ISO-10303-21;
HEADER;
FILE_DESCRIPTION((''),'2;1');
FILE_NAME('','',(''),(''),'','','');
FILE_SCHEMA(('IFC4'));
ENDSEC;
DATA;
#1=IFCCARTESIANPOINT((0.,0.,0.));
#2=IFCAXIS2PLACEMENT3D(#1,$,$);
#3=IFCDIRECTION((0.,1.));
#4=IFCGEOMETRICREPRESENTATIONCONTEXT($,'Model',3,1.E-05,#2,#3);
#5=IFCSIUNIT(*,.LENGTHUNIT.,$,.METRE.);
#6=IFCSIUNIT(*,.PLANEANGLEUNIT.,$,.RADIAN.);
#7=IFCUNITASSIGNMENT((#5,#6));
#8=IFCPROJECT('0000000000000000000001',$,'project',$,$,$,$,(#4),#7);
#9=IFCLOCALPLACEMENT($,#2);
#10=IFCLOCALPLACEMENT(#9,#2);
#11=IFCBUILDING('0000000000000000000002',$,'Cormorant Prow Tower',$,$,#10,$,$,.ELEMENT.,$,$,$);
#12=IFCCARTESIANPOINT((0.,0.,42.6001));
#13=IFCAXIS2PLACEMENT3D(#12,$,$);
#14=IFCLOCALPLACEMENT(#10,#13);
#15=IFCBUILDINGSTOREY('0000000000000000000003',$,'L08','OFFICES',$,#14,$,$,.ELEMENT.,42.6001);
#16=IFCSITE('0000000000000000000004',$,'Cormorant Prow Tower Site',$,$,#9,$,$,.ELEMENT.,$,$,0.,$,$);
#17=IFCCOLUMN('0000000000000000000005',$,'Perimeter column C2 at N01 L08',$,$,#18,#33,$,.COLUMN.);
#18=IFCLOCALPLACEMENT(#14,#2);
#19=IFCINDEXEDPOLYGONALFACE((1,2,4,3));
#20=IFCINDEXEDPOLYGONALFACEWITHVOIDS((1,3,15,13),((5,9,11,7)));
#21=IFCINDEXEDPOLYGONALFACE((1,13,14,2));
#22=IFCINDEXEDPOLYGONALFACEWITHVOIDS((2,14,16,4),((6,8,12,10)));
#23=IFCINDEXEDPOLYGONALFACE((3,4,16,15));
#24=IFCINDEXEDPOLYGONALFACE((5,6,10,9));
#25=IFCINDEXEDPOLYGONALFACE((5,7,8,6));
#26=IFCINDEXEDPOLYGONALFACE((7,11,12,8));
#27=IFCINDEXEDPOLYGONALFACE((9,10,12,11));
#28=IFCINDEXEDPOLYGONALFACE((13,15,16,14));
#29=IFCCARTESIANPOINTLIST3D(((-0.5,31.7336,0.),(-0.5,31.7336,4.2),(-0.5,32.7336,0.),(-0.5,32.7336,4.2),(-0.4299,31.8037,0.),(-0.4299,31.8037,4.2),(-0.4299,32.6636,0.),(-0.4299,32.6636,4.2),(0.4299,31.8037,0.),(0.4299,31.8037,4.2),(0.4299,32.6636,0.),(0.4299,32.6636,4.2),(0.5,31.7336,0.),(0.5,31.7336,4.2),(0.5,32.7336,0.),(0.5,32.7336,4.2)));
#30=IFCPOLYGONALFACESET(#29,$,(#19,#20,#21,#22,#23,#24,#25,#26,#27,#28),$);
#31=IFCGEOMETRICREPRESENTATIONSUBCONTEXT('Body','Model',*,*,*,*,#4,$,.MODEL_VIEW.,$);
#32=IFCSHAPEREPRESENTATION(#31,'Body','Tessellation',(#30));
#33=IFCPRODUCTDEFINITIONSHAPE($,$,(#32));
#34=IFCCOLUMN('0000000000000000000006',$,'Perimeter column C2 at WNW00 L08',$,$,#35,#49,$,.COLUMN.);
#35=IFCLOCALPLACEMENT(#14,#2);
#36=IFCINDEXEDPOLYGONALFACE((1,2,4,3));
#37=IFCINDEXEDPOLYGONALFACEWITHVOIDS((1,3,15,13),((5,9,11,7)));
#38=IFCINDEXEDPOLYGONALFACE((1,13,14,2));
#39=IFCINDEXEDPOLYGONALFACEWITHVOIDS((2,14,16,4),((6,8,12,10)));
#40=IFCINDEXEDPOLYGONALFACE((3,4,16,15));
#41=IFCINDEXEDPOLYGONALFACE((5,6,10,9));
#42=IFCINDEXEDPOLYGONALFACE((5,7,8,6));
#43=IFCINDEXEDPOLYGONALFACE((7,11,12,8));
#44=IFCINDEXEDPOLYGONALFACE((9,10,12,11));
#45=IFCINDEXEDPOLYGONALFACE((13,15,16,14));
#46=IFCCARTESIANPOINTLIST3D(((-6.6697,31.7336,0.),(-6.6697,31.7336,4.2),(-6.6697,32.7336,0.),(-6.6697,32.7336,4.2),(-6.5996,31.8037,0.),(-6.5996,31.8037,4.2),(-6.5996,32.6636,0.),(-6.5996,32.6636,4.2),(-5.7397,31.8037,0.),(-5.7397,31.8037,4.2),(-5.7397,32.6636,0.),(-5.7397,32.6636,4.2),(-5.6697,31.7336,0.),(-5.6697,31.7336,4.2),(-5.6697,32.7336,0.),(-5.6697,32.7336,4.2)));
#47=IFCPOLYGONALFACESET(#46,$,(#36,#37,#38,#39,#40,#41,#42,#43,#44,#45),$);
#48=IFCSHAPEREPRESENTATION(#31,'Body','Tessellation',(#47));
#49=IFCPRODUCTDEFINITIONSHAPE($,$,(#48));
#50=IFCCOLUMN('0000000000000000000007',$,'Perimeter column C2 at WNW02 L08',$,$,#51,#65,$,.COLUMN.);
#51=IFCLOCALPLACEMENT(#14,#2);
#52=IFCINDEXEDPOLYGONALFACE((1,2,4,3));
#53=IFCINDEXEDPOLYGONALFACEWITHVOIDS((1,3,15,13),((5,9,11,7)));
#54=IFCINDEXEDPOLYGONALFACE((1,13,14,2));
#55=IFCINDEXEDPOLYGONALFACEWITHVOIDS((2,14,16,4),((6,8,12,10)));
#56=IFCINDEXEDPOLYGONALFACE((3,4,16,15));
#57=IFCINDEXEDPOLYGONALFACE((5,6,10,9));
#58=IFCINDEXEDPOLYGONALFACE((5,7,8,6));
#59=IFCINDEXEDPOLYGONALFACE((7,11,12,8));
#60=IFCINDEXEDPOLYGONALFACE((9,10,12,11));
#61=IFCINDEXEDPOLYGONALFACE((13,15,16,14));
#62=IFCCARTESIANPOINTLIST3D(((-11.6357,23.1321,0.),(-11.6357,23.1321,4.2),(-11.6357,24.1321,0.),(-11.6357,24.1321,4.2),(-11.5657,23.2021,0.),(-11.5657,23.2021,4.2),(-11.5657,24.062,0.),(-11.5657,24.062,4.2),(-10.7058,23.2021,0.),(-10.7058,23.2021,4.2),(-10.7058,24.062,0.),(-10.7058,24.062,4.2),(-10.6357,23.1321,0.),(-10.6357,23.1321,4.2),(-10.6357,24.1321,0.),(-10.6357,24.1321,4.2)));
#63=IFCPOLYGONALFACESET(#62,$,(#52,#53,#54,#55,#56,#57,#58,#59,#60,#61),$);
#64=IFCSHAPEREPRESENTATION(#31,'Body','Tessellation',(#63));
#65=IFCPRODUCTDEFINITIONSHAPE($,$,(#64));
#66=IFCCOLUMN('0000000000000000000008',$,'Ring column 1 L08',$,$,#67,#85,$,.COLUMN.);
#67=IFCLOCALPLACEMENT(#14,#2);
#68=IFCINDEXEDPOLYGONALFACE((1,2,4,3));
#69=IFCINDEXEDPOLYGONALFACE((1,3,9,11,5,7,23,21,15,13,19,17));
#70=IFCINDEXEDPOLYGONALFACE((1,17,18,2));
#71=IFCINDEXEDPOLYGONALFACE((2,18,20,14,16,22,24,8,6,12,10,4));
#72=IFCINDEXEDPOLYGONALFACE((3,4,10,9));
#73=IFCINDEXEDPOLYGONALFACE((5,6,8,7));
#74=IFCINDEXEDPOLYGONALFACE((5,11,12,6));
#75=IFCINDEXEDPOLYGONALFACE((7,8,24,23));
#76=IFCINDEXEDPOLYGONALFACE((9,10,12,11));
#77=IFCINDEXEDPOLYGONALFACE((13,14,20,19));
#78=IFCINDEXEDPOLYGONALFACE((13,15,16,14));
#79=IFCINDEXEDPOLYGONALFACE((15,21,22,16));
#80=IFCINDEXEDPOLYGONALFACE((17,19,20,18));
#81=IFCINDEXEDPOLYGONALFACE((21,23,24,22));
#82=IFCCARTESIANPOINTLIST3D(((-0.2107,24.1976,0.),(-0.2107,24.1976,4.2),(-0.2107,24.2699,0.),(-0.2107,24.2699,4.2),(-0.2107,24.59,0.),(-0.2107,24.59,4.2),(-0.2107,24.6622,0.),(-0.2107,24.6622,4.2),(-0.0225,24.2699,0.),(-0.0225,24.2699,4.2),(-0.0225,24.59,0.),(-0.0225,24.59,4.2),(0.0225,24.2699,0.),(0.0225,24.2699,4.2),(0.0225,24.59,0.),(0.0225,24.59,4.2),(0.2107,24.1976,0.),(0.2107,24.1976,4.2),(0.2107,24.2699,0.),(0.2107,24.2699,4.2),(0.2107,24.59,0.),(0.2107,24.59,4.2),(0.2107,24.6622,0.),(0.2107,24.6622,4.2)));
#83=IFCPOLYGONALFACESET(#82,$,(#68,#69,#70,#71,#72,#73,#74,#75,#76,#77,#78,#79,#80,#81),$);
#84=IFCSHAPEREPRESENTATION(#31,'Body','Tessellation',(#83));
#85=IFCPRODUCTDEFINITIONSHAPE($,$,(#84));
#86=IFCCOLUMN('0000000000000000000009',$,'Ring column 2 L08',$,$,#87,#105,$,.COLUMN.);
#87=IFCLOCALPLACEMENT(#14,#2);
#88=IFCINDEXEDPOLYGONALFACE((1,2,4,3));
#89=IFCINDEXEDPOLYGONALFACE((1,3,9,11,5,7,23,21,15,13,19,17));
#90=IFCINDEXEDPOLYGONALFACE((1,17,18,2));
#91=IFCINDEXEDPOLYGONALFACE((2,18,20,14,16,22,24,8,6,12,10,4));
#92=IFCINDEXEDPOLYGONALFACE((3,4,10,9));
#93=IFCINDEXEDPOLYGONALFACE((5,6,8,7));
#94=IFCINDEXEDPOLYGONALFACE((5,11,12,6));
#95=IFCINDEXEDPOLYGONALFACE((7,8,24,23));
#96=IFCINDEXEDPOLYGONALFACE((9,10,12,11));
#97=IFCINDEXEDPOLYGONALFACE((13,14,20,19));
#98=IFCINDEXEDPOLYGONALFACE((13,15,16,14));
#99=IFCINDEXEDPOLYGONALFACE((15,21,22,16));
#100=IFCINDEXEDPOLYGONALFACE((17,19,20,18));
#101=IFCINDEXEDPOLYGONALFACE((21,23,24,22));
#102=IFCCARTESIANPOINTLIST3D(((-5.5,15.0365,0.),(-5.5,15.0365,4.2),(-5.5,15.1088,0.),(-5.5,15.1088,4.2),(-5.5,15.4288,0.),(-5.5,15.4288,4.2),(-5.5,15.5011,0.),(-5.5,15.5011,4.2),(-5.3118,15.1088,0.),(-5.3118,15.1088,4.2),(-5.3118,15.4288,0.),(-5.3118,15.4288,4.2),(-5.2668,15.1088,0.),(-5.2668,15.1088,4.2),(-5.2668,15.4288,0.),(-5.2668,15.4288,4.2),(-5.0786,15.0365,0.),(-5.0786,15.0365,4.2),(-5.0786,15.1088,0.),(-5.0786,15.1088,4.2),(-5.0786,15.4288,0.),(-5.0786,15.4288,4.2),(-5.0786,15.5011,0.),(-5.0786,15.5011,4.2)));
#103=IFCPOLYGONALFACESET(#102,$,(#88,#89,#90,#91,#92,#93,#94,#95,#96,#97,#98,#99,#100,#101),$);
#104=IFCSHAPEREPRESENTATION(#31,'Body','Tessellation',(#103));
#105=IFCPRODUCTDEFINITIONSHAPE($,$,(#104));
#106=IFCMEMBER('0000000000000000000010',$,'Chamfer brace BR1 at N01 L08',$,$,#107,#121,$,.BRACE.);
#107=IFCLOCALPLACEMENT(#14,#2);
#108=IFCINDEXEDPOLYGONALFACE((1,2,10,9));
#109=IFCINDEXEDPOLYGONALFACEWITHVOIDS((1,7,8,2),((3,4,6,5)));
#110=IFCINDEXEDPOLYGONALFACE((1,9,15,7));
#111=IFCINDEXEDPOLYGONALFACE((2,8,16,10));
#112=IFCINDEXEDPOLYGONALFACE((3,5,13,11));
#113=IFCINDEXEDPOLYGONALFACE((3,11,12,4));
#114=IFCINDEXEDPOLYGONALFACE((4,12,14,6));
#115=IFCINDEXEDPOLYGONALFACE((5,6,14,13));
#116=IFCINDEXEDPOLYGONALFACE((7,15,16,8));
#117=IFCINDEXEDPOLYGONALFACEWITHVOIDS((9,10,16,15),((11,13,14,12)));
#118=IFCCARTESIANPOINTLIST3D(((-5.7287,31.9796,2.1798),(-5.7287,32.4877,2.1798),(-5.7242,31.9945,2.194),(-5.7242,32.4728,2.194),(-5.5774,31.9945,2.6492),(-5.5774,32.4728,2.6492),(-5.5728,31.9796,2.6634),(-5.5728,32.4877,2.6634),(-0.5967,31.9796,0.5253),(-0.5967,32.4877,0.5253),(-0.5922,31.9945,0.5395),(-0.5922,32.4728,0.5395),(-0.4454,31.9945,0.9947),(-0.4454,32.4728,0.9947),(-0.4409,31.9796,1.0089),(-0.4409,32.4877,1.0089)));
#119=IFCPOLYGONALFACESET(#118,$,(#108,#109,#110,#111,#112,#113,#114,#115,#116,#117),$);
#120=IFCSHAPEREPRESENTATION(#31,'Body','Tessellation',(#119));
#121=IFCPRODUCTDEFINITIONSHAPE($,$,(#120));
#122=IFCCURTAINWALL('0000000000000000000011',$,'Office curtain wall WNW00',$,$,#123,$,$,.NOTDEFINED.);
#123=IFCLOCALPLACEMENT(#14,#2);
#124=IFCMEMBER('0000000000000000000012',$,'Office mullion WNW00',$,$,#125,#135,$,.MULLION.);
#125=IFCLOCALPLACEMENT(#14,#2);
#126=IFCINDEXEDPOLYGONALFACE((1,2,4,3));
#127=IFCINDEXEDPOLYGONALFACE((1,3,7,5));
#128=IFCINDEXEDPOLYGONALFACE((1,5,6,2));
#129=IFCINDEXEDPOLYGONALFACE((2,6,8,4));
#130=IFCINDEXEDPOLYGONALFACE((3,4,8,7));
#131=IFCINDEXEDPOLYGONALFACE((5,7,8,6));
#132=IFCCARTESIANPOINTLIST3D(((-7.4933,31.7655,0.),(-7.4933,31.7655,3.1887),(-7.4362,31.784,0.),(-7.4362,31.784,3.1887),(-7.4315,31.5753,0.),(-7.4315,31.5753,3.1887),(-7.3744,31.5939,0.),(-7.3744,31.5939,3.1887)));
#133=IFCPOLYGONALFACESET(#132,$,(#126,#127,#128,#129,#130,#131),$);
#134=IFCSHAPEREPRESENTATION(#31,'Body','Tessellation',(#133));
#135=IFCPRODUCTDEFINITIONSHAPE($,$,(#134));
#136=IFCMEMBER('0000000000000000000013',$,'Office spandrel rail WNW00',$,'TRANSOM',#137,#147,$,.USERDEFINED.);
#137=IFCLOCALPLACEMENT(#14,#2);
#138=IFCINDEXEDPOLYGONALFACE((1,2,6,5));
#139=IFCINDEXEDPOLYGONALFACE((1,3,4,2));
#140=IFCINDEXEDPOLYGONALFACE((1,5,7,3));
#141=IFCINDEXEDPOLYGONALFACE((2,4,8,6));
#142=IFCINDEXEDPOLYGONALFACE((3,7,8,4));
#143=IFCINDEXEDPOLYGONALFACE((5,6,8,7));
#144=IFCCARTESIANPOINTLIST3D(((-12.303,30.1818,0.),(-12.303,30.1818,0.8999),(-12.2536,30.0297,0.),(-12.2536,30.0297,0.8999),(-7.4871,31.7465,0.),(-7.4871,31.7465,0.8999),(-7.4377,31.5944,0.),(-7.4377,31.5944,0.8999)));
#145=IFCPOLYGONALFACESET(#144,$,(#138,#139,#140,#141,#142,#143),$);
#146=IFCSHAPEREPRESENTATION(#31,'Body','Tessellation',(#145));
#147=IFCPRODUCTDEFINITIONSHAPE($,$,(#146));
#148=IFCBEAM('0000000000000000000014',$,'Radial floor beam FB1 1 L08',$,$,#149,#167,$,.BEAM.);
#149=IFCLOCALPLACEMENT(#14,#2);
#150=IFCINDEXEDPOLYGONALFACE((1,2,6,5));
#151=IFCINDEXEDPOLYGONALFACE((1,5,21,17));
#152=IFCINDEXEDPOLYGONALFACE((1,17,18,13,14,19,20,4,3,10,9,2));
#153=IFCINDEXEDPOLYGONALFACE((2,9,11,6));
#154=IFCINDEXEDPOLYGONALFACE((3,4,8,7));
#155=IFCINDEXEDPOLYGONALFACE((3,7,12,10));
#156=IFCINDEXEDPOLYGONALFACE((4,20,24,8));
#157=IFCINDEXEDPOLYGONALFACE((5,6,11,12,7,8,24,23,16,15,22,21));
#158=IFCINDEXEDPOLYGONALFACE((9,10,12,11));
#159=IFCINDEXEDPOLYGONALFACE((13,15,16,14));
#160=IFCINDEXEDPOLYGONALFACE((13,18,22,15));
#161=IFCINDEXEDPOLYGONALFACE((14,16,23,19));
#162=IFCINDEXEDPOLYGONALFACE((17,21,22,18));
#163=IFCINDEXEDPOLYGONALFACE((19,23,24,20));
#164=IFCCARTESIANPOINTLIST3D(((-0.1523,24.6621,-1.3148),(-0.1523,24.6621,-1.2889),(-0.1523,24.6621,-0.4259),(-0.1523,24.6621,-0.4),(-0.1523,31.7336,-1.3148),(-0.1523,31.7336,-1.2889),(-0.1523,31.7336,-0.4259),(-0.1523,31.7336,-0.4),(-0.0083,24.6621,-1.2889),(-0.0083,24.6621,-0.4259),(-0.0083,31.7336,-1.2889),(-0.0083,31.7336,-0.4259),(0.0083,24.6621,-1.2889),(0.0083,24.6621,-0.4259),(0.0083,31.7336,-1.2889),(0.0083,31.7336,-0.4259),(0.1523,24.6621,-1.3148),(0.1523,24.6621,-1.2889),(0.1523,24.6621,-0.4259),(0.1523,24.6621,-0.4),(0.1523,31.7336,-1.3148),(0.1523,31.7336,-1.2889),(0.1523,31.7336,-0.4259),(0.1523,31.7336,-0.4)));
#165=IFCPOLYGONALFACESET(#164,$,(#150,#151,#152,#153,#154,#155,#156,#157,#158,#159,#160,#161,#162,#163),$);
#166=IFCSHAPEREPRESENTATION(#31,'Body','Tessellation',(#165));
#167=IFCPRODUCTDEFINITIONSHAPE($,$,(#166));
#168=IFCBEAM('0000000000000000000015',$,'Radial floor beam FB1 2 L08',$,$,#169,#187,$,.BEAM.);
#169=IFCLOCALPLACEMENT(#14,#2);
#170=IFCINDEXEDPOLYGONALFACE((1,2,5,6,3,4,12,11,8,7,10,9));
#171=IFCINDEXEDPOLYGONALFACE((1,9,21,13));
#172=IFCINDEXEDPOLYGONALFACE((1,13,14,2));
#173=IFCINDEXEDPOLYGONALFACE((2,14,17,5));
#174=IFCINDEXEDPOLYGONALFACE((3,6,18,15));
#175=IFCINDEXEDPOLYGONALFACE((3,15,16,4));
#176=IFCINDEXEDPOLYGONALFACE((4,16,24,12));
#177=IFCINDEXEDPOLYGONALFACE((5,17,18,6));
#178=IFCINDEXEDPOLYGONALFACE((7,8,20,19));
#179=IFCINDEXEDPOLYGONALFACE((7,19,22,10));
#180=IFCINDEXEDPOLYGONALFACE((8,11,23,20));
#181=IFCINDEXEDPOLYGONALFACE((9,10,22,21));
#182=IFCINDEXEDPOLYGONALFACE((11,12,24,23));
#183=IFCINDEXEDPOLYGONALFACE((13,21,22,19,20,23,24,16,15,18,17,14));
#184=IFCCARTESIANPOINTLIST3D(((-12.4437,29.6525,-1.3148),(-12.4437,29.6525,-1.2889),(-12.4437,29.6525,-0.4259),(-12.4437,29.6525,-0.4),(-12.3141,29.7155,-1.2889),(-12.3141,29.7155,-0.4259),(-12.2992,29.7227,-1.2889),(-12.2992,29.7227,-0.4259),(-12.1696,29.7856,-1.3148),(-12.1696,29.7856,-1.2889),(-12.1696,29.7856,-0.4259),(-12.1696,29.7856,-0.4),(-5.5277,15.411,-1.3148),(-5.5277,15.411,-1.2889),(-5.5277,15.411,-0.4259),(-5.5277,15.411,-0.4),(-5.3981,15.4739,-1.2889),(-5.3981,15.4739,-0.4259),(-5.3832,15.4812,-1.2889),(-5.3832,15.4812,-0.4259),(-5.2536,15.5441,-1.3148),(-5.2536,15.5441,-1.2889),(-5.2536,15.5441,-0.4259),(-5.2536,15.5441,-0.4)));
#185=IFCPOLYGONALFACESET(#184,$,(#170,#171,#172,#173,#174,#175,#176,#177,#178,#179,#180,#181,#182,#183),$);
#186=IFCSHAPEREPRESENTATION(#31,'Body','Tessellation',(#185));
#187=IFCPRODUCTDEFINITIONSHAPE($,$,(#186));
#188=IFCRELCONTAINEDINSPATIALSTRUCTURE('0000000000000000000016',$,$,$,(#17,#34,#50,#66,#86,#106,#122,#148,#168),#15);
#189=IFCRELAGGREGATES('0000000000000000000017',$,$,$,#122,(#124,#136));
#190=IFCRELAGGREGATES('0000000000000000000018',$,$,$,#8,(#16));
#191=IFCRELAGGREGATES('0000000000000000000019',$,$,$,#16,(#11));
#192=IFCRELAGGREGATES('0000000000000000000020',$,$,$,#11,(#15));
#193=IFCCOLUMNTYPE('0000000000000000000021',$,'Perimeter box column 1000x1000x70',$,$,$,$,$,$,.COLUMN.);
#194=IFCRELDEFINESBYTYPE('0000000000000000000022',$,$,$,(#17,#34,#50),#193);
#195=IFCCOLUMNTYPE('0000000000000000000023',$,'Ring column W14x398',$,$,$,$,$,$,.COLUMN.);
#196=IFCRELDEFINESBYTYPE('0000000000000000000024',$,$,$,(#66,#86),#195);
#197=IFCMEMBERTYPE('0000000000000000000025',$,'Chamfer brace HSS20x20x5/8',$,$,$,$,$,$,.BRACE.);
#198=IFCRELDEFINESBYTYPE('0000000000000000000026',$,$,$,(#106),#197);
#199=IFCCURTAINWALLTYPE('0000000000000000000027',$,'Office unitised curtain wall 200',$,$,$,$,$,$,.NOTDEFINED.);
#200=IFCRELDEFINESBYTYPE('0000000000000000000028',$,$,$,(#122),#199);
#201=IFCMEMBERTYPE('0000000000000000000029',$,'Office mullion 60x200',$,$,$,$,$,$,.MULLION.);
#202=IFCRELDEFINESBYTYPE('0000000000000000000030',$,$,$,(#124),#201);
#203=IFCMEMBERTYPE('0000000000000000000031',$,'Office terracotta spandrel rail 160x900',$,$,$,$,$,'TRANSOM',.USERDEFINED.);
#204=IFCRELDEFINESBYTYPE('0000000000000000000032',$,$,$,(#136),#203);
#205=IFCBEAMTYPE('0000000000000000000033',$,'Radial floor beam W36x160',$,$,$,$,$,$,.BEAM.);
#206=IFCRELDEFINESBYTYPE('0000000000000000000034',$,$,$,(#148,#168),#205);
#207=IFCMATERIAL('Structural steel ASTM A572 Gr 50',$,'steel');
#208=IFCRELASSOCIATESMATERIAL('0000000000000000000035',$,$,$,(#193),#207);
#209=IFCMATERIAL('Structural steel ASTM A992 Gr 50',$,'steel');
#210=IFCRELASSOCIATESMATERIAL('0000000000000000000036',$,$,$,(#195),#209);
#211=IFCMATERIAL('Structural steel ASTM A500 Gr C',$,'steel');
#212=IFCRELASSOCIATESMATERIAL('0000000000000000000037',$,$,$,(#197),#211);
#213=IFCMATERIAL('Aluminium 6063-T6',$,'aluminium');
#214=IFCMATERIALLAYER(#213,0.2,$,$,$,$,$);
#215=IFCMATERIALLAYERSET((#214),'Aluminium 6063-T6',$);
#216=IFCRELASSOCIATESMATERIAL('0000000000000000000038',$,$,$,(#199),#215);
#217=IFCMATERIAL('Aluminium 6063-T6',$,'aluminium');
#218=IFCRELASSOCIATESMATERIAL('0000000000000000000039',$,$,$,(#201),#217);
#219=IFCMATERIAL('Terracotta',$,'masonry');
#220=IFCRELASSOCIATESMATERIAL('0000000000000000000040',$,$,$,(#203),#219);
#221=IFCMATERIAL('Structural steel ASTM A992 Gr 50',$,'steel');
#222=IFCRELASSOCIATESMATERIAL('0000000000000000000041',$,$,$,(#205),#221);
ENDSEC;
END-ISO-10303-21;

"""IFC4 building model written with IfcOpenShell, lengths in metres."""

from ifc_helpers import new_model, si_unit, direction, frame, origin, origin_2d, place, context, subcontext, project, spatial, rectangle, hollow_rectangle, i_section, extrude, material, layer, layer_set, material_profile, profile_set, type_object, element, aggregate, save


model = new_model("IFC4")

# Units and contexts
model_context = context("Model", 3, precision=1e-05, world=origin(), true_north=direction((0.0, 1.0)))
body_context = subcontext(model_context, "Body", "Model", "MODEL_VIEW")
ifc_project = project(units=[si_unit("LENGTHUNIT", "METRE"), si_unit("PLANEANGLEUNIT", "RADIAN")], contexts=[model_context])

# Site, building, storey
site_placement = place(None, origin())
site = spatial("IfcSite", under=ifc_project, at=site_placement, Name="Cormorant Prow Tower Site", CompositionType="ELEMENT", RefElevation=0.0)
building_placement = place(site_placement, origin())
building = spatial("IfcBuilding", under=site, at=building_placement, Name="Cormorant Prow Tower", CompositionType="ELEMENT")
storey_placement = place(building_placement, frame((0.0, 0.0, 42.6001)))
storey = spatial("IfcBuildingStorey", under=building, at=storey_placement, Name="L08", Description="OFFICES", CompositionType="ELEMENT", Elevation=42.6001)

# Columns
ifc_material_1 = material(Name="Structural steel ASTM A572 Gr 50", Category="steel")
ifc_material_profile_1 = material_profile(ifc_material_1, hollow_rectangle(XDim=1.0, YDim=1.0, WallThickness=0.0701, at=origin_2d()), Name="Box 1000x1000x70")
ifc_profile_set_1 = profile_set([ifc_material_profile_1], Name="Structural steel ASTM A572 Gr 50")
column_type_1 = type_object("IfcColumnType", Name="Perimeter box column 1000x1000x70", PredefinedType="COLUMN", material=ifc_profile_set_1)
for number, where, z_axis, x_axis, name in (
    (1, (0.0, 32.2336, 0.0), (0.0, 0.0, 1.0), (1.0, 0.0, 0.0), "Perimeter column C2 at N01 L08"),
    (2, (-6.1697, 32.2336, 0.0), (0.0, 0.0, 1.0), (1.0, 0.0, 0.0), "Perimeter column C2 at WNW00 L08"),
    (3, (-11.1357, 23.6321, 0.0), (0.0, 0.0, 1.0), (1.0, 0.0, 0.0), "Perimeter column C2 at WNW02 L08"),
):
    element("IfcColumn", number, at=place(storey_placement, frame(where, z_axis=z_axis, x_axis=x_axis)), inside=storey, type_object=column_type_1, Name=name, PredefinedType="COLUMN", context=body_context, shape_type="SweptSolid", body=[
        extrude(hollow_rectangle(XDim=1.0, YDim=1.0, WallThickness=0.0701, at=origin_2d()), origin(), (0.0, 0.0, 1.0), 4.2),
    ])
ifc_material_2 = material(Name="Structural steel ASTM A992 Gr 50", Category="steel")
ifc_material_profile_2 = material_profile(ifc_material_2, i_section(OverallWidth=0.4214, OverallDepth=0.4646, WebThickness=0.0449, FlangeThickness=0.0723, at=origin_2d()), Name="W14x398")
ifc_profile_set_2 = profile_set([ifc_material_profile_2], Name="Structural steel ASTM A992 Gr 50")
column_type_2 = type_object("IfcColumnType", Name="Ring column W14x398", PredefinedType="COLUMN", material=ifc_profile_set_2)
for number, where, z_axis, x_axis, name in (
    (4, (0.0, 24.4299, 0.0), (0.0, 0.0, 1.0), (1.0, 0.0, 0.0), "Ring column 1 L08"),
    (5, (-5.2893, 15.2688, 0.0), (0.0, 0.0, 1.0), (1.0, 0.0, 0.0), "Ring column 2 L08"),
):
    element("IfcColumn", number, at=place(storey_placement, frame(where, z_axis=z_axis, x_axis=x_axis)), inside=storey, type_object=column_type_2, Name=name, PredefinedType="COLUMN", context=body_context, shape_type="SweptSolid", body=[
        extrude(i_section(OverallWidth=0.4214, OverallDepth=0.4646, WebThickness=0.0449, FlangeThickness=0.0723, at=origin_2d()), origin(), (0.0, 0.0, 1.0), 4.2),
    ])

# Member
ifc_material_3 = material(Name="Structural steel ASTM A500 Gr C", Category="steel")
ifc_material_profile_3 = material_profile(ifc_material_3, hollow_rectangle(XDim=0.5081, YDim=0.5081, WallThickness=0.0149, at=origin_2d()), Name="HSS20x20x5/8")
ifc_profile_set_3 = profile_set([ifc_material_profile_3], Name="Structural steel ASTM A500 Gr C")
member_type_1 = type_object("IfcMemberType", Name="Chamfer brace HSS20x20x5/8", PredefinedType="BRACE", material=ifc_profile_set_3)
member_1_placement = place(storey_placement, frame((-0.5188, 32.2336, 0.7671), z_axis=(-0.951761, 0.0, 0.30684), x_axis=(0.0, -1.0, 0.0)))
element("IfcMember", 6, at=member_1_placement, inside=storey, type_object=member_type_1, Name="Chamfer brace BR1 at N01 L08", PredefinedType="BRACE", context=body_context, shape_type="SweptSolid", body=[
    extrude(hollow_rectangle(XDim=0.5081, YDim=0.5081, WallThickness=0.0149, at=origin_2d()), origin(), (0.0, 0.0, 1.0), 5.3921),
])

# Curtain wall, members
ifc_material_4 = material(Name="Aluminium 6063-T6", Category="aluminium")
ifc_layer_1 = layer(ifc_material_4, 0.2)
ifc_layer_set_1 = layer_set([ifc_layer_1], Name="Aluminium 6063-T6")
curtain_wall_type = type_object("IfcCurtainWallType", Name="Office unitised curtain wall 200", PredefinedType="NOTDEFINED", material=ifc_layer_set_1)
curtain_wall_placement = place(storey_placement, origin())
curtain_wall = element("IfcCurtainWall", 7, at=curtain_wall_placement, inside=storey, type_object=curtain_wall_type, Name="Office curtain wall WNW00", PredefinedType="NOTDEFINED")
ifc_material_5 = material(Name="Aluminium 6063-T6", Category="aluminium")
ifc_material_profile_4 = material_profile(ifc_material_5, rectangle(XDim=0.2, YDim=0.0601, at=origin_2d()), Name="Office mullion 60x200")
ifc_profile_set_4 = profile_set([ifc_material_profile_4], Name="Aluminium 6063-T6")
member_type_2 = type_object("IfcMemberType", Name="Office mullion 60x200", PredefinedType="MULLION", material=ifc_profile_set_4)
member_2_placement = place(storey_placement, frame((-7.4338, 31.6797, 0.0), z_axis=(0.0, 0.0, 1.0), x_axis=(0.309017, -0.951057, 0.0)))
member_2 = element("IfcMember", 8, at=member_2_placement, type_object=member_type_2, Name="Office mullion WNW00", PredefinedType="MULLION", context=body_context, shape_type="SweptSolid", body=[
    extrude(rectangle(XDim=0.2, YDim=0.0601, at=origin_2d()), origin(), (0.0, 0.0, 1.0), 3.1887),
])
ifc_material_6 = material(Name="Terracotta", Category="masonry")
ifc_material_profile_5 = material_profile(ifc_material_6, rectangle(XDim=0.1599, YDim=0.8999, at=origin_2d()), Name="Office terracotta spandrel rail 160x900")
ifc_profile_set_5 = profile_set([ifc_material_profile_5], Name="Terracotta")
member_type_3 = type_object("IfcMemberType", Name="Office terracotta spandrel rail 160x900", ElementType="TRANSOM", PredefinedType="USERDEFINED", material=ifc_profile_set_5)
member_3_placement = place(storey_placement, frame((-7.4624, 31.6704, 0.45), z_axis=(-0.951062, -0.309001, 0.0), x_axis=(0.309001, -0.951062, 0.0)))
member_3 = element("IfcMember", 9, at=member_3_placement, type_object=member_type_3, Name="Office spandrel rail WNW00", ObjectType="TRANSOM", PredefinedType="USERDEFINED", context=body_context, shape_type="SweptSolid", body=[
    extrude(rectangle(XDim=0.1599, YDim=0.8999, at=origin_2d()), origin(), (0.0, 0.0, 1.0), 5.0637),
])

# Beams
ifc_material_7 = material(Name="Structural steel ASTM A992 Gr 50", Category="steel")
ifc_material_profile_6 = material_profile(ifc_material_7, i_section(OverallWidth=0.3047, OverallDepth=0.9148, WebThickness=0.0166, FlangeThickness=0.0259, at=origin_2d()), Name="W36x160")
ifc_profile_set_6 = profile_set([ifc_material_profile_6], Name="Structural steel ASTM A992 Gr 50")
beam_type_1 = type_object("IfcBeamType", Name="Radial floor beam W36x160", PredefinedType="BEAM", material=ifc_profile_set_6)
beam_1_placement = place(storey_placement, frame((0.0, 24.6621, -0.8574), z_axis=(0.0, 1.0, 0.0), x_axis=(-1.0, 0.0, 0.0)))
element("IfcBeam", 10, at=beam_1_placement, inside=storey, type_object=beam_type_1, Name="Radial floor beam FB1 1 L08", PredefinedType="BEAM", context=body_context, shape_type="SweptSolid", body=[
    extrude(i_section(OverallWidth=0.3047, OverallDepth=0.9148, WebThickness=0.0166, FlangeThickness=0.0259, at=origin_2d()), origin(), (0.0, 0.0, 1.0), 7.0715),
])
beam_2_placement = place(storey_placement, frame((-5.3906, 15.4775, -0.8574), z_axis=(-0.436839, 0.899539, 0.0), x_axis=(-0.899539, -0.436839, 0.0)))
element("IfcBeam", 11, at=beam_2_placement, inside=storey, type_object=beam_type_1, Name="Radial floor beam FB1 2 L08", PredefinedType="BEAM", context=body_context, shape_type="SweptSolid", body=[
    extrude(i_section(OverallWidth=0.3047, OverallDepth=0.9148, WebThickness=0.0166, FlangeThickness=0.0259, at=origin_2d()), origin(), (0.0, 0.0, 1.0), 15.832),
])

aggregate(curtain_wall, [member_2, member_3])

save(model, "model.ifc")
